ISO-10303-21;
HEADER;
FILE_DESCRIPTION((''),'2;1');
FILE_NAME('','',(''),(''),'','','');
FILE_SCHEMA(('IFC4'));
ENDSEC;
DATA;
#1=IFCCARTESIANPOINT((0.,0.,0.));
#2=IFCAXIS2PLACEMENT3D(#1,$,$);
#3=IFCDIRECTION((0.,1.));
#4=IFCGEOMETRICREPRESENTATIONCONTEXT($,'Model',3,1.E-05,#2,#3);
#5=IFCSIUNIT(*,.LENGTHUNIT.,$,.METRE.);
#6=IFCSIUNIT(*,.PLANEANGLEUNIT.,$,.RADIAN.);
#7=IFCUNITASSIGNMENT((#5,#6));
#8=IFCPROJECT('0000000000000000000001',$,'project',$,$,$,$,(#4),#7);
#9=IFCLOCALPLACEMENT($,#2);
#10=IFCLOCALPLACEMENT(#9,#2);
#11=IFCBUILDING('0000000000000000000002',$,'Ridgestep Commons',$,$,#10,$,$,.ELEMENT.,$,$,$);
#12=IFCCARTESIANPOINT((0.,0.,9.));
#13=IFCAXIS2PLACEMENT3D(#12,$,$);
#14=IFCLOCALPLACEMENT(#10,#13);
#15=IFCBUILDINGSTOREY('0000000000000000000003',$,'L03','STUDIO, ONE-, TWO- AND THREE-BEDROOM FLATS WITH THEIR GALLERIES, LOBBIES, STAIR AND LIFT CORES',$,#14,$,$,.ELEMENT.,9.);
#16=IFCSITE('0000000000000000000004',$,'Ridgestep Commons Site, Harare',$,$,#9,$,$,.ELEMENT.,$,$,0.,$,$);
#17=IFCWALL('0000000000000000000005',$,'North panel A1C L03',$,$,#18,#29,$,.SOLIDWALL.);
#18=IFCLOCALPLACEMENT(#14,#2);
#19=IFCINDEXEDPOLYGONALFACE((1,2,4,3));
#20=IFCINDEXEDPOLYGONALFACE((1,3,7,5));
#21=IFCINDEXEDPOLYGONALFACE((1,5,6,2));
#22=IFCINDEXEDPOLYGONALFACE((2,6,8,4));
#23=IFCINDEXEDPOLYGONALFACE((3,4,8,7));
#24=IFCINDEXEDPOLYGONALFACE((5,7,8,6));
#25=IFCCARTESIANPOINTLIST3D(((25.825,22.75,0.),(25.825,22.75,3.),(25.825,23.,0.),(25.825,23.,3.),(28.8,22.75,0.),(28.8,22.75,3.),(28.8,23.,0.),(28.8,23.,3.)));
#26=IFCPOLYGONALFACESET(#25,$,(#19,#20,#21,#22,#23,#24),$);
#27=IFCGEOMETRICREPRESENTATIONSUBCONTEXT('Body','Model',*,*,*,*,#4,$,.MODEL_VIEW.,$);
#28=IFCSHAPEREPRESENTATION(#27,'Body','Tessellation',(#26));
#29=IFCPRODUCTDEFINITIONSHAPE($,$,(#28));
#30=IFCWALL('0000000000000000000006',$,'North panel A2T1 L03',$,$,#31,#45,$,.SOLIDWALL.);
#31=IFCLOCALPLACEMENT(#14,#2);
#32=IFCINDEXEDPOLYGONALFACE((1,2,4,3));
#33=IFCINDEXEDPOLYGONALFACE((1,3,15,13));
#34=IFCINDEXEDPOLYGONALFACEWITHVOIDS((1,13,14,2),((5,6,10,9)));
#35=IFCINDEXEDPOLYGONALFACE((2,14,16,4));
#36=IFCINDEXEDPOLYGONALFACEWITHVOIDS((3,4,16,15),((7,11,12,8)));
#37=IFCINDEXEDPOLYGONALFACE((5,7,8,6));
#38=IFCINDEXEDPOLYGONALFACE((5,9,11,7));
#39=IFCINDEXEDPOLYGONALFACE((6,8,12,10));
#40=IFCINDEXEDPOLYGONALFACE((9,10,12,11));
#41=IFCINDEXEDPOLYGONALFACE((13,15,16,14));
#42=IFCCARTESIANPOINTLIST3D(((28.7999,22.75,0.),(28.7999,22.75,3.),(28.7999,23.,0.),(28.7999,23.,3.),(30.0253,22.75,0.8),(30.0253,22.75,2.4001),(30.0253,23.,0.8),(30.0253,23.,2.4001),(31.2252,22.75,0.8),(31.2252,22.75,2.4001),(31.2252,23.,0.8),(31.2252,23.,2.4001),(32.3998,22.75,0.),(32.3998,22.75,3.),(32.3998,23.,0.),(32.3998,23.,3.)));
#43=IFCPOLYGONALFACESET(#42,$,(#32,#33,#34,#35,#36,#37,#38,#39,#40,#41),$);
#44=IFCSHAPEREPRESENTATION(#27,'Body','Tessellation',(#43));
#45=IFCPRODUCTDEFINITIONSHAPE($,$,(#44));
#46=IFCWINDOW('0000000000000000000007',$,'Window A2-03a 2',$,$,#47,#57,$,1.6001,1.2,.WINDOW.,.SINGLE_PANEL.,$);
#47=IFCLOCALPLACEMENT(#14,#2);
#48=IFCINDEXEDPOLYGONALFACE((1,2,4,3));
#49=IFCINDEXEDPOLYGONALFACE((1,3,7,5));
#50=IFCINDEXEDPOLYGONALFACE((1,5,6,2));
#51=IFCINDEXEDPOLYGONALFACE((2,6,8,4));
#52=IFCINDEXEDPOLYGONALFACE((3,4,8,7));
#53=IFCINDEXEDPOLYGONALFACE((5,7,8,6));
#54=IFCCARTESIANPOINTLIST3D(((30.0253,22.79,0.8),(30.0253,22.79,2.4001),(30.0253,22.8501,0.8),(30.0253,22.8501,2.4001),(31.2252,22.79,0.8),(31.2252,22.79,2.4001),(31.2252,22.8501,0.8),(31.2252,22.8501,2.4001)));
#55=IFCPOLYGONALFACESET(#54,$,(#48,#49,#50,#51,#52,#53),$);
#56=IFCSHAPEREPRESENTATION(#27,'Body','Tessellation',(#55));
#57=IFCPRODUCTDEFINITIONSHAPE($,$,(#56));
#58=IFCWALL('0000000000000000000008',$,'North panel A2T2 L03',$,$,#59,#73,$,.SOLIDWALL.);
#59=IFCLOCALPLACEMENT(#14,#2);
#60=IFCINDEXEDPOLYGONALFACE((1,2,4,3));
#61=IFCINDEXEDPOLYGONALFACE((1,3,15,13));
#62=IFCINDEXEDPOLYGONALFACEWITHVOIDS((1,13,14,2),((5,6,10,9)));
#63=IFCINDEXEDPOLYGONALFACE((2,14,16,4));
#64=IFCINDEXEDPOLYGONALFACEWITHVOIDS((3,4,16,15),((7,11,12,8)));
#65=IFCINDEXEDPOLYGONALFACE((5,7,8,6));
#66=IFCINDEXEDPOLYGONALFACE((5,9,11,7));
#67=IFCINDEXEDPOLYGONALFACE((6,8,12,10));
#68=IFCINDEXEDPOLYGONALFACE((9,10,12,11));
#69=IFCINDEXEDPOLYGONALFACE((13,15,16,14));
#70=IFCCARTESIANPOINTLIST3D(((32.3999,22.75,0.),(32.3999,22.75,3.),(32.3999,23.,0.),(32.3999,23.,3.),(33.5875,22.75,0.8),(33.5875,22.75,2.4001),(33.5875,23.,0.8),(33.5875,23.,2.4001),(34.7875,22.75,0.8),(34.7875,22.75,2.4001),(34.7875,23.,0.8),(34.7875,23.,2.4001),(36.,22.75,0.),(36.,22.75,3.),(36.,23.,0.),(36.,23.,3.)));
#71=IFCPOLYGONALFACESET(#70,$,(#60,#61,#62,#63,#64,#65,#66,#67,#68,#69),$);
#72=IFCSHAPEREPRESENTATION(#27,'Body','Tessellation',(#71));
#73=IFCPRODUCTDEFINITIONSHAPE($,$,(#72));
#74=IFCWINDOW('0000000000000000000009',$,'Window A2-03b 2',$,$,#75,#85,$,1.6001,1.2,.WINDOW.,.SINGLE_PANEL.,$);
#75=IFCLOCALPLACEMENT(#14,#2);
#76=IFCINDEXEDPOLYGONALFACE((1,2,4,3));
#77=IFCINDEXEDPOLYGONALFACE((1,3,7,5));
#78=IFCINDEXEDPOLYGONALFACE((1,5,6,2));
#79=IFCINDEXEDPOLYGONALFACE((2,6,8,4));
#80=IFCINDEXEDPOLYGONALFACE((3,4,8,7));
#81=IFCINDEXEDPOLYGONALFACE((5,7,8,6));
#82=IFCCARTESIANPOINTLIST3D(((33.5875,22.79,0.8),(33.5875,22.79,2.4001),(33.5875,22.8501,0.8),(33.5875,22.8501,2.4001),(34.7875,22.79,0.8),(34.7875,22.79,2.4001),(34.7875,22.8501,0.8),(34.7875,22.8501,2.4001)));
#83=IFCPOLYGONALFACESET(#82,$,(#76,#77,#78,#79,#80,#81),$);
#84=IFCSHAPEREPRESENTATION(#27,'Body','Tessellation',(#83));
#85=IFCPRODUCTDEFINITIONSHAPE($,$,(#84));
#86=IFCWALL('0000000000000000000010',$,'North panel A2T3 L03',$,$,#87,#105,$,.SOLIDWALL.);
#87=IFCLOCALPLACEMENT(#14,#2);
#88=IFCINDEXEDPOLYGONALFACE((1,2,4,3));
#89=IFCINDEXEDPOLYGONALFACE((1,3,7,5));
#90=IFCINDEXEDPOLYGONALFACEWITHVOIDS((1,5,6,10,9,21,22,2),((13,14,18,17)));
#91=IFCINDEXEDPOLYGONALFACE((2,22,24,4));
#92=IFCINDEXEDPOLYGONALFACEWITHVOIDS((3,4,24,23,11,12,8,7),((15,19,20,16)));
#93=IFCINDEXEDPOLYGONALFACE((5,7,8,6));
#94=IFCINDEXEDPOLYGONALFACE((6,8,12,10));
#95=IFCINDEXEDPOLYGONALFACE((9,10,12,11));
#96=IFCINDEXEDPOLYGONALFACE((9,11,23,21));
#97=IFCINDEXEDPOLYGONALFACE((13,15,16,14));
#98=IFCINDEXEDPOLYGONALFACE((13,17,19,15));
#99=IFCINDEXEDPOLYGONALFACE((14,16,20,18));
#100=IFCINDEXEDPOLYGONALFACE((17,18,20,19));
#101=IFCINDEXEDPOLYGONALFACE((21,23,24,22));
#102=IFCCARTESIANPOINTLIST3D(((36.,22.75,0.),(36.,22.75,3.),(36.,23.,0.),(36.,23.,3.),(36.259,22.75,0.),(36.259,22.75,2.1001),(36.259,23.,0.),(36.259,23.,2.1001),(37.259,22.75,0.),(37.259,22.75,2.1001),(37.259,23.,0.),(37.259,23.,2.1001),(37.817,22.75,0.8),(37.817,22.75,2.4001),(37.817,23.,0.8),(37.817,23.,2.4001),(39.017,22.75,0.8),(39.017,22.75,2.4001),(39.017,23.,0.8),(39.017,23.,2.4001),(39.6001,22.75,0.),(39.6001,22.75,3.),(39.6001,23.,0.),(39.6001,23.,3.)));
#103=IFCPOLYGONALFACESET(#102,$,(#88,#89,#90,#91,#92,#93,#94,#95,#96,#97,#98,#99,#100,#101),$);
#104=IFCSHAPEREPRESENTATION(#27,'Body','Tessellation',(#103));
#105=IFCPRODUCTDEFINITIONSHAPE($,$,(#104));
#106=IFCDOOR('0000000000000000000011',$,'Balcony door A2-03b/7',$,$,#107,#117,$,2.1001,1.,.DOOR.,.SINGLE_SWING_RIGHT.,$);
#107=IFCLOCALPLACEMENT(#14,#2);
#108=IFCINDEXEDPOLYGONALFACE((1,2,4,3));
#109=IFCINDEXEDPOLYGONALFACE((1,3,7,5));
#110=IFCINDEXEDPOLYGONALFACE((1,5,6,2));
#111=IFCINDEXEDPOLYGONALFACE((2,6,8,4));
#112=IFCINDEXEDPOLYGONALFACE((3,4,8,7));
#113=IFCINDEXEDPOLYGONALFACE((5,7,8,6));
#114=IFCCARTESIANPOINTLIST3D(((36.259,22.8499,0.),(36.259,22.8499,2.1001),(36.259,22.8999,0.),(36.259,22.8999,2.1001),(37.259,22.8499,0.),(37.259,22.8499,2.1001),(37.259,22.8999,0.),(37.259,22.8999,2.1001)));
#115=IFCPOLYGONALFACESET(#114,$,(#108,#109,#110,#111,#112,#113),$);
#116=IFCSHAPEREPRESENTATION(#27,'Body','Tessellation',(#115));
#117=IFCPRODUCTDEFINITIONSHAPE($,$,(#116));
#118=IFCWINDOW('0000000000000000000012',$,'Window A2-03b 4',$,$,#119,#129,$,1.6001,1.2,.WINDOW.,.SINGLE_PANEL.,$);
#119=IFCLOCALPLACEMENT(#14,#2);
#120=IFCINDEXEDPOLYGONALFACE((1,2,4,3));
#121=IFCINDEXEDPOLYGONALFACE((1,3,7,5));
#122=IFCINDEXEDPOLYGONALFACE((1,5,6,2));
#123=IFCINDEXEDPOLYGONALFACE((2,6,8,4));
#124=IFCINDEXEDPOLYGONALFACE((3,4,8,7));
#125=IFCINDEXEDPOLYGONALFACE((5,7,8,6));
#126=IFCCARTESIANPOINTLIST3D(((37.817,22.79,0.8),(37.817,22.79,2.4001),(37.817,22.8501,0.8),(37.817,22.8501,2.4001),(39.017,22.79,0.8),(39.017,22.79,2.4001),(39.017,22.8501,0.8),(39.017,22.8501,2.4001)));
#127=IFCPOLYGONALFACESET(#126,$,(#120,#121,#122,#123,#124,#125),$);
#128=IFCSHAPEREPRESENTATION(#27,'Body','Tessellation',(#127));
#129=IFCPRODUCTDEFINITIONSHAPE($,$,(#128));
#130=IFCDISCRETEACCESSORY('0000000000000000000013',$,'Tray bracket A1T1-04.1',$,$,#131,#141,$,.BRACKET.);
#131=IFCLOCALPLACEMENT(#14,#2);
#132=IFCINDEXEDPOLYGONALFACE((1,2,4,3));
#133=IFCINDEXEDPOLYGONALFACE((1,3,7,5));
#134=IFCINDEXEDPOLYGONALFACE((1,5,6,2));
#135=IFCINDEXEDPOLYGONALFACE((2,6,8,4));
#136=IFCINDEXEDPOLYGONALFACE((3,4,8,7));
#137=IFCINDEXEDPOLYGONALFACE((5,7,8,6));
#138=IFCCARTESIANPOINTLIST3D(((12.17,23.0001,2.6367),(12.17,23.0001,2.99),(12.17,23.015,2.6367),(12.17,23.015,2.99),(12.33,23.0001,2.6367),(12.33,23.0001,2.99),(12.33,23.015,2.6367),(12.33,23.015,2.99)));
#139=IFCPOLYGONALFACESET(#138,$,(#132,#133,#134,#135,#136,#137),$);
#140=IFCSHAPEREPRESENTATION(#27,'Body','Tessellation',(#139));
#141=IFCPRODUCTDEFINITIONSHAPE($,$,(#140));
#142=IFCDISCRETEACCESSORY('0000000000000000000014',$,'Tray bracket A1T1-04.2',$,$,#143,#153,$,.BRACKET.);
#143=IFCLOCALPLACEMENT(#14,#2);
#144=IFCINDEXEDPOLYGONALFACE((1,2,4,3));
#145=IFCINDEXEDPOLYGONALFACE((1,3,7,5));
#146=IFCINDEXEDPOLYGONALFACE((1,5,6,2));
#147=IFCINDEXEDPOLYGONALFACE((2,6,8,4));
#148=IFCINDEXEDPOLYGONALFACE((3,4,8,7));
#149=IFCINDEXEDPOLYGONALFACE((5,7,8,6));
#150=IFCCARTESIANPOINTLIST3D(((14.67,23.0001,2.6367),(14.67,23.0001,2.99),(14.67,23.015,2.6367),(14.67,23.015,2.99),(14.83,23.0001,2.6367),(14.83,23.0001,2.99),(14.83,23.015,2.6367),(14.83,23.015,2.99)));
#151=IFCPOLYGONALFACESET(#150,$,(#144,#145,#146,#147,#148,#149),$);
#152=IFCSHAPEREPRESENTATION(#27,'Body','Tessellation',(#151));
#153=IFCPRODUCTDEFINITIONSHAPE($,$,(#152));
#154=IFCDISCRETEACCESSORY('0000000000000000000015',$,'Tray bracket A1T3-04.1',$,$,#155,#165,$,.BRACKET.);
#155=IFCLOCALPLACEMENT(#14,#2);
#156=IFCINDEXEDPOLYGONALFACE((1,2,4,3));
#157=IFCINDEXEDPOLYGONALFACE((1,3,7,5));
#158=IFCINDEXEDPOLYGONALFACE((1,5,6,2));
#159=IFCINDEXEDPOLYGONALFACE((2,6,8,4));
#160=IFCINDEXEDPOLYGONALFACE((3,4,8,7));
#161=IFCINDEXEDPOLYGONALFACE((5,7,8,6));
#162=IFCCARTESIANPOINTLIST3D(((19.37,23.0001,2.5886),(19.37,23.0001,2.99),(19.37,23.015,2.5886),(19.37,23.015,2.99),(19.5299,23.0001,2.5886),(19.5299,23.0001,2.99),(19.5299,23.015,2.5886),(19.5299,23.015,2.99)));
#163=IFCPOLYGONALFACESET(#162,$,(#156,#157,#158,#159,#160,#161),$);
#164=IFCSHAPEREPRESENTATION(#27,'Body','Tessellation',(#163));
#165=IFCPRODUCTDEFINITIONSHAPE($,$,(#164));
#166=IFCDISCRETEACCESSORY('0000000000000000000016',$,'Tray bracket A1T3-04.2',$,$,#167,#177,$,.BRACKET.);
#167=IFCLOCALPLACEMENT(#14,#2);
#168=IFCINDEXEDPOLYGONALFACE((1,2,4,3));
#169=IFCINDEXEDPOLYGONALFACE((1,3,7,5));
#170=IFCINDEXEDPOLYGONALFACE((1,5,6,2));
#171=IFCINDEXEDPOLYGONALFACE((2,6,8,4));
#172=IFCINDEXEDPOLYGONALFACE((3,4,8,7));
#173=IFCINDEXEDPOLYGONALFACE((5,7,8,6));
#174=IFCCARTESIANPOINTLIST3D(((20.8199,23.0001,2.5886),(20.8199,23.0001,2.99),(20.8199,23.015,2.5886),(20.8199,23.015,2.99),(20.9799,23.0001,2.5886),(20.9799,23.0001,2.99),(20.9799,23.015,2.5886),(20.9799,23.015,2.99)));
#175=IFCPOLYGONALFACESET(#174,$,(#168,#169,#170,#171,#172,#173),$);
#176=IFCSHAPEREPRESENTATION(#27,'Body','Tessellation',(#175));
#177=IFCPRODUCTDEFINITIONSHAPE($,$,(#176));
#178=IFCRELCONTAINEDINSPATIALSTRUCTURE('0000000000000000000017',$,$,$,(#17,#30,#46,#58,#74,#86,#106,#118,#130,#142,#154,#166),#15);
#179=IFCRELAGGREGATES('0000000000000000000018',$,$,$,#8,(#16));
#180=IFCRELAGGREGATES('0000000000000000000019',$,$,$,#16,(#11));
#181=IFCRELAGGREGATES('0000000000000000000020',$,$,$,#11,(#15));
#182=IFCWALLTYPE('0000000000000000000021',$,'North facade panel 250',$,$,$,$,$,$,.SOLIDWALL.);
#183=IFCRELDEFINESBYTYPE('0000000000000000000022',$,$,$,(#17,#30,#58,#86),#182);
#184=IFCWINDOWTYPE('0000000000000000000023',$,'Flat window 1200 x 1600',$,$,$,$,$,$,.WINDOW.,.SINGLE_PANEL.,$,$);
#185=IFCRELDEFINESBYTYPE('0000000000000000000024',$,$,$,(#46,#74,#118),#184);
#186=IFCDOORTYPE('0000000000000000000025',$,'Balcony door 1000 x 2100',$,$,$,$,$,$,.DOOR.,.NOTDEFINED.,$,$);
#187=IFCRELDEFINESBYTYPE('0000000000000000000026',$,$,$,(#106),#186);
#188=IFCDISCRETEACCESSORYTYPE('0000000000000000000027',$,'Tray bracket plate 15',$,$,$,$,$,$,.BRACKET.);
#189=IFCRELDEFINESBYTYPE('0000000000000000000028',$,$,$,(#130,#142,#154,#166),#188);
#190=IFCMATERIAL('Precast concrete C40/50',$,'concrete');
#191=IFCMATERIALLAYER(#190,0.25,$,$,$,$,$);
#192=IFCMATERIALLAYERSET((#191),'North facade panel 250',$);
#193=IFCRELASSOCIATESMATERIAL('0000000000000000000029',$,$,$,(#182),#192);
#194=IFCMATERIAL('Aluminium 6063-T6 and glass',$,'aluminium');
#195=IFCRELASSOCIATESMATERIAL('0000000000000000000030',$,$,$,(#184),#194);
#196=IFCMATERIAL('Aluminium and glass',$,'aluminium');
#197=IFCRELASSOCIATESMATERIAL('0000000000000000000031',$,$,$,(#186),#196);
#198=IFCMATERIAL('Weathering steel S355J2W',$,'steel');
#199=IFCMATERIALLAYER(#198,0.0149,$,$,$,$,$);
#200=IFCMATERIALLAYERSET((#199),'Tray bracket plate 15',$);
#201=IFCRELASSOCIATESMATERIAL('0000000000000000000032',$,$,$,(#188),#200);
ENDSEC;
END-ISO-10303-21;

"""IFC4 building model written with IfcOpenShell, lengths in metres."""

from ifc_helpers import new_model, si_unit, direction, frame, frame_2d, origin, origin_2d, place, context, subcontext, project, spatial, rectangle, extrude, material, layer, layer_set, type_object, element, fill, save


model = new_model("IFC4")

# Units and contexts
model_context = context("Model", 3, precision=1e-05, world=origin(), true_north=direction((0.0, 1.0)))
body_context = subcontext(model_context, "Body", "Model", "MODEL_VIEW")
ifc_project = project(units=[si_unit("LENGTHUNIT", "METRE"), si_unit("PLANEANGLEUNIT", "RADIAN")], contexts=[model_context])

# Site, building, storey
site_placement = place(None, origin())
site = spatial("IfcSite", under=ifc_project, at=site_placement, Name="Ridgestep Commons Site, Harare", CompositionType="ELEMENT", RefElevation=0.0)
building_placement = place(site_placement, origin())
building = spatial("IfcBuilding", under=site, at=building_placement, Name="Ridgestep Commons", CompositionType="ELEMENT")
storey_placement = place(building_placement, frame((0.0, 0.0, 9.0)))
storey = spatial("IfcBuildingStorey", under=building, at=storey_placement, Name="L03", Description="STUDIO, ONE-, TWO- AND THREE-BEDROOM FLATS WITH THEIR GALLERIES, LOBBIES, STAIR AND LIFT CORES", CompositionType="ELEMENT", Elevation=9.0)

# Shared definitions
ifc_material_1 = material(Name="Precast concrete C40/50", Category="concrete")
ifc_layer_1 = layer(ifc_material_1, 0.25)
ifc_layer_set_1 = layer_set([ifc_layer_1], Name="North facade panel 250")
wall_type = type_object("IfcWallType", Name="North facade panel 250", PredefinedType="SOLIDWALL", material=ifc_layer_set_1)
ifc_material_2 = material(Name="Aluminium 6063-T6 and glass", Category="aluminium")
window_type_1 = type_object("IfcWindowType", Name="Flat window 1200 x 1600", PartitioningType="SINGLE_PANEL", PredefinedType="WINDOW", material=ifc_material_2)

# Wall
wall_1_placement = place(storey_placement, frame((25.825, 22.875, 0.0), z_axis=(0.0, 0.0, 1.0), x_axis=(1.0, 0.0, 0.0)))
element("IfcWall", 1, at=wall_1_placement, inside=storey, type_object=wall_type, Name="North panel A1C L03", PredefinedType="SOLIDWALL", context=body_context, shape_type="SweptSolid", body=[
    extrude(rectangle(XDim=2.9751, YDim=0.25, at=frame_2d((1.4875, 0.0))), origin(), (0.0, 0.0, 1.0), 3.0),
])

# Walls, openings, windows
wall_2_placement = place(storey_placement, frame((28.8, 22.875, 0.0), z_axis=(0.0, 0.0, 1.0), x_axis=(1.0, 0.0, 0.0)))
wall_2 = element("IfcWall", 2, at=wall_2_placement, inside=storey, type_object=wall_type, Name="North panel A2T1 L03", PredefinedType="SOLIDWALL", context=body_context, shape_type="SweptSolid", body=[
    extrude(rectangle(XDim=3.5999, YDim=0.25, at=frame_2d((1.7998, 0.0))), origin(), (0.0, 0.0, 1.0), 3.0),
])
opening_1_placement = place(wall_2_placement, frame((1.2251, 0.0, 0.8)))
opening_1 = element("IfcOpeningElement", 3, at=opening_1_placement, cuts=wall_2, PredefinedType="OPENING", context=body_context, shape_type="SweptSolid", body=[
    extrude(rectangle(XDim=1.2, YDim=1.6001, at=frame_2d((0.6001, 0.8))), frame((0.0, 0.135, 0.0), z_axis=(0.0, -1.0, 0.0), x_axis=(1.0, 0.0, 0.0)), (0.0, 0.0, 1.0), 0.27),
])
window_1_placement = place(opening_1_placement, origin())
window_1 = element("IfcWindow", 4, at=window_1_placement, inside=storey, type_object=window_type_1, Name="Window A2-03a 2", OverallHeight=1.6001, OverallWidth=1.2, PartitioningType="SINGLE_PANEL", PredefinedType="WINDOW", context=body_context, shape_type="SweptSolid", body=[
    extrude(rectangle(XDim=1.2, YDim=1.6001, at=frame_2d((0.6001, 0.8))), frame((0.0, -0.0249, 0.0), z_axis=(0.0, -1.0, 0.0), x_axis=(1.0, 0.0, 0.0)), (0.0, 0.0, 1.0), 0.0601),
])
fill(opening_1, window_1)
wall_3_placement = place(storey_placement, frame((32.3999, 22.875, 0.0), z_axis=(0.0, 0.0, 1.0), x_axis=(1.0, 0.0, 0.0)))
wall_3 = element("IfcWall", 5, at=wall_3_placement, inside=storey, type_object=wall_type, Name="North panel A2T2 L03", PredefinedType="SOLIDWALL", context=body_context, shape_type="SweptSolid", body=[
    extrude(rectangle(XDim=3.6001, YDim=0.25, at=frame_2d((1.8, 0.0))), origin(), (0.0, 0.0, 1.0), 3.0),
])
opening_2_placement = place(wall_3_placement, frame((1.1875, 0.0, 0.8)))
opening_2 = element("IfcOpeningElement", 6, at=opening_2_placement, cuts=wall_3, PredefinedType="OPENING", context=body_context, shape_type="SweptSolid", body=[
    extrude(rectangle(XDim=1.2, YDim=1.6001, at=frame_2d((0.6001, 0.8))), frame((0.0, 0.135, 0.0), z_axis=(0.0, -1.0, 0.0), x_axis=(1.0, 0.0, 0.0)), (0.0, 0.0, 1.0), 0.27),
])
window_2_placement = place(opening_2_placement, origin())
window_2 = element("IfcWindow", 7, at=window_2_placement, inside=storey, type_object=window_type_1, Name="Window A2-03b 2", OverallHeight=1.6001, OverallWidth=1.2, PartitioningType="SINGLE_PANEL", PredefinedType="WINDOW", context=body_context, shape_type="SweptSolid", body=[
    extrude(rectangle(XDim=1.2, YDim=1.6001, at=frame_2d((0.6001, 0.8))), frame((0.0, -0.0249, 0.0), z_axis=(0.0, -1.0, 0.0), x_axis=(1.0, 0.0, 0.0)), (0.0, 0.0, 1.0), 0.0601),
])
fill(opening_2, window_2)

# Wall, openings, door, window
wall_4_placement = place(storey_placement, frame((36.0, 22.875, 0.0), z_axis=(0.0, 0.0, 1.0), x_axis=(1.0, 0.0, 0.0)))
wall_4 = element("IfcWall", 8, at=wall_4_placement, inside=storey, type_object=wall_type, Name="North panel A2T3 L03", PredefinedType="SOLIDWALL", context=body_context, shape_type="SweptSolid", body=[
    extrude(rectangle(XDim=3.6001, YDim=0.25, at=frame_2d((1.8, 0.0))), origin(), (0.0, 0.0, 1.0), 3.0),
])
opening_3_placement = place(wall_4_placement, frame((1.8169, 0.0, 0.8)))
opening_3 = element("IfcOpeningElement", 9, at=opening_3_placement, cuts=wall_4, PredefinedType="OPENING", context=body_context, shape_type="SweptSolid", body=[
    extrude(rectangle(XDim=1.2, YDim=1.6001, at=frame_2d((0.6001, 0.8))), frame((0.0, 0.135, 0.0), z_axis=(0.0, -1.0, 0.0), x_axis=(1.0, 0.0, 0.0)), (0.0, 0.0, 1.0), 0.27),
])
opening_4_placement = place(wall_4_placement, frame((0.259, 0.0, 0.0)))
opening_4 = element("IfcOpeningElement", 10, at=opening_4_placement, cuts=wall_4, PredefinedType="OPENING", context=body_context, shape_type="SweptSolid", body=[
    extrude(rectangle(XDim=1.0, YDim=2.1001, at=frame_2d((0.5, 1.05))), frame((0.0, 0.135, 0.0), z_axis=(0.0, -1.0, 0.0), x_axis=(1.0, 0.0, 0.0)), (0.0, 0.0, 1.0), 0.27),
])
ifc_material_3 = material(Name="Aluminium and glass", Category="aluminium")
door_type = type_object("IfcDoorType", Name="Balcony door 1000 x 2100", OperationType="NOTDEFINED", PredefinedType="DOOR", material=ifc_material_3)
door_placement = place(opening_4_placement, origin())
door = element("IfcDoor", 11, at=door_placement, inside=storey, type_object=door_type, Name="Balcony door A2-03b/7", OperationType="SINGLE_SWING_RIGHT", OverallHeight=2.1001, OverallWidth=1.0, PredefinedType="DOOR", context=body_context, shape_type="SweptSolid", body=[
    extrude(rectangle(XDim=1.0, YDim=2.1001, at=frame_2d((0.5, 1.05))), frame((0.0, 0.0249, 0.0), z_axis=(0.0, -1.0, 0.0), x_axis=(1.0, 0.0, 0.0)), (0.0, 0.0, 1.0), 0.05),
])
fill(opening_4, door)
window_3_placement = place(opening_3_placement, origin())
window_3 = element("IfcWindow", 12, at=window_3_placement, inside=storey, type_object=window_type_1, Name="Window A2-03b 4", OverallHeight=1.6001, OverallWidth=1.2, PartitioningType="SINGLE_PANEL", PredefinedType="WINDOW", context=body_context, shape_type="SweptSolid", body=[
    extrude(rectangle(XDim=1.2, YDim=1.6001, at=frame_2d((0.6001, 0.8))), frame((0.0, -0.0249, 0.0), z_axis=(0.0, -1.0, 0.0), x_axis=(1.0, 0.0, 0.0)), (0.0, 0.0, 1.0), 0.0601),
])
fill(opening_3, window_3)

# Discrete accessories
ifc_material_4 = material(Name="Weathering steel S355J2W", Category="steel")
ifc_layer_2 = layer(ifc_material_4, 0.0149)
ifc_layer_set_2 = layer_set([ifc_layer_2], Name="Tray bracket plate 15")
discrete_accessory_type = type_object("IfcDiscreteAccessoryType", Name="Tray bracket plate 15", PredefinedType="BRACKET", material=ifc_layer_set_2)
for number, where, z_axis, x_axis, name in (
    (13, (12.25, 23.0076, 2.6367), (0.0, 0.0, 1.0), (1.0, 0.0, 0.0), "Tray bracket A1T1-04.1"),
    (14, (14.75, 23.0076, 2.6367), (0.0, 0.0, 1.0), (1.0, 0.0, 0.0), "Tray bracket A1T1-04.2"),
):
    element("IfcDiscreteAccessory", number, at=place(storey_placement, frame(where, z_axis=z_axis, x_axis=x_axis)), inside=storey, type_object=discrete_accessory_type, Name=name, PredefinedType="BRACKET", context=body_context, shape_type="SweptSolid", body=[
        extrude(rectangle(XDim=0.1599, YDim=0.0149, at=origin_2d()), origin(), (0.0, 0.0, 1.0), 0.3533),
    ])
for number, where, z_axis, x_axis, name in (
    (15, (19.45, 23.0076, 2.5886), (0.0, 0.0, 1.0), (1.0, 0.0, 0.0), "Tray bracket A1T3-04.1"),
    (16, (20.8999, 23.0076, 2.5886), (0.0, 0.0, 1.0), (1.0, 0.0, 0.0), "Tray bracket A1T3-04.2"),
):
    element("IfcDiscreteAccessory", number, at=place(storey_placement, frame(where, z_axis=z_axis, x_axis=x_axis)), inside=storey, type_object=discrete_accessory_type, Name=name, PredefinedType="BRACKET", context=body_context, shape_type="SweptSolid", body=[
        extrude(rectangle(XDim=0.1599, YDim=0.0149, at=origin_2d()), origin(), (0.0, 0.0, 1.0), 0.4014),
    ])

save(model, "model.ifc")
